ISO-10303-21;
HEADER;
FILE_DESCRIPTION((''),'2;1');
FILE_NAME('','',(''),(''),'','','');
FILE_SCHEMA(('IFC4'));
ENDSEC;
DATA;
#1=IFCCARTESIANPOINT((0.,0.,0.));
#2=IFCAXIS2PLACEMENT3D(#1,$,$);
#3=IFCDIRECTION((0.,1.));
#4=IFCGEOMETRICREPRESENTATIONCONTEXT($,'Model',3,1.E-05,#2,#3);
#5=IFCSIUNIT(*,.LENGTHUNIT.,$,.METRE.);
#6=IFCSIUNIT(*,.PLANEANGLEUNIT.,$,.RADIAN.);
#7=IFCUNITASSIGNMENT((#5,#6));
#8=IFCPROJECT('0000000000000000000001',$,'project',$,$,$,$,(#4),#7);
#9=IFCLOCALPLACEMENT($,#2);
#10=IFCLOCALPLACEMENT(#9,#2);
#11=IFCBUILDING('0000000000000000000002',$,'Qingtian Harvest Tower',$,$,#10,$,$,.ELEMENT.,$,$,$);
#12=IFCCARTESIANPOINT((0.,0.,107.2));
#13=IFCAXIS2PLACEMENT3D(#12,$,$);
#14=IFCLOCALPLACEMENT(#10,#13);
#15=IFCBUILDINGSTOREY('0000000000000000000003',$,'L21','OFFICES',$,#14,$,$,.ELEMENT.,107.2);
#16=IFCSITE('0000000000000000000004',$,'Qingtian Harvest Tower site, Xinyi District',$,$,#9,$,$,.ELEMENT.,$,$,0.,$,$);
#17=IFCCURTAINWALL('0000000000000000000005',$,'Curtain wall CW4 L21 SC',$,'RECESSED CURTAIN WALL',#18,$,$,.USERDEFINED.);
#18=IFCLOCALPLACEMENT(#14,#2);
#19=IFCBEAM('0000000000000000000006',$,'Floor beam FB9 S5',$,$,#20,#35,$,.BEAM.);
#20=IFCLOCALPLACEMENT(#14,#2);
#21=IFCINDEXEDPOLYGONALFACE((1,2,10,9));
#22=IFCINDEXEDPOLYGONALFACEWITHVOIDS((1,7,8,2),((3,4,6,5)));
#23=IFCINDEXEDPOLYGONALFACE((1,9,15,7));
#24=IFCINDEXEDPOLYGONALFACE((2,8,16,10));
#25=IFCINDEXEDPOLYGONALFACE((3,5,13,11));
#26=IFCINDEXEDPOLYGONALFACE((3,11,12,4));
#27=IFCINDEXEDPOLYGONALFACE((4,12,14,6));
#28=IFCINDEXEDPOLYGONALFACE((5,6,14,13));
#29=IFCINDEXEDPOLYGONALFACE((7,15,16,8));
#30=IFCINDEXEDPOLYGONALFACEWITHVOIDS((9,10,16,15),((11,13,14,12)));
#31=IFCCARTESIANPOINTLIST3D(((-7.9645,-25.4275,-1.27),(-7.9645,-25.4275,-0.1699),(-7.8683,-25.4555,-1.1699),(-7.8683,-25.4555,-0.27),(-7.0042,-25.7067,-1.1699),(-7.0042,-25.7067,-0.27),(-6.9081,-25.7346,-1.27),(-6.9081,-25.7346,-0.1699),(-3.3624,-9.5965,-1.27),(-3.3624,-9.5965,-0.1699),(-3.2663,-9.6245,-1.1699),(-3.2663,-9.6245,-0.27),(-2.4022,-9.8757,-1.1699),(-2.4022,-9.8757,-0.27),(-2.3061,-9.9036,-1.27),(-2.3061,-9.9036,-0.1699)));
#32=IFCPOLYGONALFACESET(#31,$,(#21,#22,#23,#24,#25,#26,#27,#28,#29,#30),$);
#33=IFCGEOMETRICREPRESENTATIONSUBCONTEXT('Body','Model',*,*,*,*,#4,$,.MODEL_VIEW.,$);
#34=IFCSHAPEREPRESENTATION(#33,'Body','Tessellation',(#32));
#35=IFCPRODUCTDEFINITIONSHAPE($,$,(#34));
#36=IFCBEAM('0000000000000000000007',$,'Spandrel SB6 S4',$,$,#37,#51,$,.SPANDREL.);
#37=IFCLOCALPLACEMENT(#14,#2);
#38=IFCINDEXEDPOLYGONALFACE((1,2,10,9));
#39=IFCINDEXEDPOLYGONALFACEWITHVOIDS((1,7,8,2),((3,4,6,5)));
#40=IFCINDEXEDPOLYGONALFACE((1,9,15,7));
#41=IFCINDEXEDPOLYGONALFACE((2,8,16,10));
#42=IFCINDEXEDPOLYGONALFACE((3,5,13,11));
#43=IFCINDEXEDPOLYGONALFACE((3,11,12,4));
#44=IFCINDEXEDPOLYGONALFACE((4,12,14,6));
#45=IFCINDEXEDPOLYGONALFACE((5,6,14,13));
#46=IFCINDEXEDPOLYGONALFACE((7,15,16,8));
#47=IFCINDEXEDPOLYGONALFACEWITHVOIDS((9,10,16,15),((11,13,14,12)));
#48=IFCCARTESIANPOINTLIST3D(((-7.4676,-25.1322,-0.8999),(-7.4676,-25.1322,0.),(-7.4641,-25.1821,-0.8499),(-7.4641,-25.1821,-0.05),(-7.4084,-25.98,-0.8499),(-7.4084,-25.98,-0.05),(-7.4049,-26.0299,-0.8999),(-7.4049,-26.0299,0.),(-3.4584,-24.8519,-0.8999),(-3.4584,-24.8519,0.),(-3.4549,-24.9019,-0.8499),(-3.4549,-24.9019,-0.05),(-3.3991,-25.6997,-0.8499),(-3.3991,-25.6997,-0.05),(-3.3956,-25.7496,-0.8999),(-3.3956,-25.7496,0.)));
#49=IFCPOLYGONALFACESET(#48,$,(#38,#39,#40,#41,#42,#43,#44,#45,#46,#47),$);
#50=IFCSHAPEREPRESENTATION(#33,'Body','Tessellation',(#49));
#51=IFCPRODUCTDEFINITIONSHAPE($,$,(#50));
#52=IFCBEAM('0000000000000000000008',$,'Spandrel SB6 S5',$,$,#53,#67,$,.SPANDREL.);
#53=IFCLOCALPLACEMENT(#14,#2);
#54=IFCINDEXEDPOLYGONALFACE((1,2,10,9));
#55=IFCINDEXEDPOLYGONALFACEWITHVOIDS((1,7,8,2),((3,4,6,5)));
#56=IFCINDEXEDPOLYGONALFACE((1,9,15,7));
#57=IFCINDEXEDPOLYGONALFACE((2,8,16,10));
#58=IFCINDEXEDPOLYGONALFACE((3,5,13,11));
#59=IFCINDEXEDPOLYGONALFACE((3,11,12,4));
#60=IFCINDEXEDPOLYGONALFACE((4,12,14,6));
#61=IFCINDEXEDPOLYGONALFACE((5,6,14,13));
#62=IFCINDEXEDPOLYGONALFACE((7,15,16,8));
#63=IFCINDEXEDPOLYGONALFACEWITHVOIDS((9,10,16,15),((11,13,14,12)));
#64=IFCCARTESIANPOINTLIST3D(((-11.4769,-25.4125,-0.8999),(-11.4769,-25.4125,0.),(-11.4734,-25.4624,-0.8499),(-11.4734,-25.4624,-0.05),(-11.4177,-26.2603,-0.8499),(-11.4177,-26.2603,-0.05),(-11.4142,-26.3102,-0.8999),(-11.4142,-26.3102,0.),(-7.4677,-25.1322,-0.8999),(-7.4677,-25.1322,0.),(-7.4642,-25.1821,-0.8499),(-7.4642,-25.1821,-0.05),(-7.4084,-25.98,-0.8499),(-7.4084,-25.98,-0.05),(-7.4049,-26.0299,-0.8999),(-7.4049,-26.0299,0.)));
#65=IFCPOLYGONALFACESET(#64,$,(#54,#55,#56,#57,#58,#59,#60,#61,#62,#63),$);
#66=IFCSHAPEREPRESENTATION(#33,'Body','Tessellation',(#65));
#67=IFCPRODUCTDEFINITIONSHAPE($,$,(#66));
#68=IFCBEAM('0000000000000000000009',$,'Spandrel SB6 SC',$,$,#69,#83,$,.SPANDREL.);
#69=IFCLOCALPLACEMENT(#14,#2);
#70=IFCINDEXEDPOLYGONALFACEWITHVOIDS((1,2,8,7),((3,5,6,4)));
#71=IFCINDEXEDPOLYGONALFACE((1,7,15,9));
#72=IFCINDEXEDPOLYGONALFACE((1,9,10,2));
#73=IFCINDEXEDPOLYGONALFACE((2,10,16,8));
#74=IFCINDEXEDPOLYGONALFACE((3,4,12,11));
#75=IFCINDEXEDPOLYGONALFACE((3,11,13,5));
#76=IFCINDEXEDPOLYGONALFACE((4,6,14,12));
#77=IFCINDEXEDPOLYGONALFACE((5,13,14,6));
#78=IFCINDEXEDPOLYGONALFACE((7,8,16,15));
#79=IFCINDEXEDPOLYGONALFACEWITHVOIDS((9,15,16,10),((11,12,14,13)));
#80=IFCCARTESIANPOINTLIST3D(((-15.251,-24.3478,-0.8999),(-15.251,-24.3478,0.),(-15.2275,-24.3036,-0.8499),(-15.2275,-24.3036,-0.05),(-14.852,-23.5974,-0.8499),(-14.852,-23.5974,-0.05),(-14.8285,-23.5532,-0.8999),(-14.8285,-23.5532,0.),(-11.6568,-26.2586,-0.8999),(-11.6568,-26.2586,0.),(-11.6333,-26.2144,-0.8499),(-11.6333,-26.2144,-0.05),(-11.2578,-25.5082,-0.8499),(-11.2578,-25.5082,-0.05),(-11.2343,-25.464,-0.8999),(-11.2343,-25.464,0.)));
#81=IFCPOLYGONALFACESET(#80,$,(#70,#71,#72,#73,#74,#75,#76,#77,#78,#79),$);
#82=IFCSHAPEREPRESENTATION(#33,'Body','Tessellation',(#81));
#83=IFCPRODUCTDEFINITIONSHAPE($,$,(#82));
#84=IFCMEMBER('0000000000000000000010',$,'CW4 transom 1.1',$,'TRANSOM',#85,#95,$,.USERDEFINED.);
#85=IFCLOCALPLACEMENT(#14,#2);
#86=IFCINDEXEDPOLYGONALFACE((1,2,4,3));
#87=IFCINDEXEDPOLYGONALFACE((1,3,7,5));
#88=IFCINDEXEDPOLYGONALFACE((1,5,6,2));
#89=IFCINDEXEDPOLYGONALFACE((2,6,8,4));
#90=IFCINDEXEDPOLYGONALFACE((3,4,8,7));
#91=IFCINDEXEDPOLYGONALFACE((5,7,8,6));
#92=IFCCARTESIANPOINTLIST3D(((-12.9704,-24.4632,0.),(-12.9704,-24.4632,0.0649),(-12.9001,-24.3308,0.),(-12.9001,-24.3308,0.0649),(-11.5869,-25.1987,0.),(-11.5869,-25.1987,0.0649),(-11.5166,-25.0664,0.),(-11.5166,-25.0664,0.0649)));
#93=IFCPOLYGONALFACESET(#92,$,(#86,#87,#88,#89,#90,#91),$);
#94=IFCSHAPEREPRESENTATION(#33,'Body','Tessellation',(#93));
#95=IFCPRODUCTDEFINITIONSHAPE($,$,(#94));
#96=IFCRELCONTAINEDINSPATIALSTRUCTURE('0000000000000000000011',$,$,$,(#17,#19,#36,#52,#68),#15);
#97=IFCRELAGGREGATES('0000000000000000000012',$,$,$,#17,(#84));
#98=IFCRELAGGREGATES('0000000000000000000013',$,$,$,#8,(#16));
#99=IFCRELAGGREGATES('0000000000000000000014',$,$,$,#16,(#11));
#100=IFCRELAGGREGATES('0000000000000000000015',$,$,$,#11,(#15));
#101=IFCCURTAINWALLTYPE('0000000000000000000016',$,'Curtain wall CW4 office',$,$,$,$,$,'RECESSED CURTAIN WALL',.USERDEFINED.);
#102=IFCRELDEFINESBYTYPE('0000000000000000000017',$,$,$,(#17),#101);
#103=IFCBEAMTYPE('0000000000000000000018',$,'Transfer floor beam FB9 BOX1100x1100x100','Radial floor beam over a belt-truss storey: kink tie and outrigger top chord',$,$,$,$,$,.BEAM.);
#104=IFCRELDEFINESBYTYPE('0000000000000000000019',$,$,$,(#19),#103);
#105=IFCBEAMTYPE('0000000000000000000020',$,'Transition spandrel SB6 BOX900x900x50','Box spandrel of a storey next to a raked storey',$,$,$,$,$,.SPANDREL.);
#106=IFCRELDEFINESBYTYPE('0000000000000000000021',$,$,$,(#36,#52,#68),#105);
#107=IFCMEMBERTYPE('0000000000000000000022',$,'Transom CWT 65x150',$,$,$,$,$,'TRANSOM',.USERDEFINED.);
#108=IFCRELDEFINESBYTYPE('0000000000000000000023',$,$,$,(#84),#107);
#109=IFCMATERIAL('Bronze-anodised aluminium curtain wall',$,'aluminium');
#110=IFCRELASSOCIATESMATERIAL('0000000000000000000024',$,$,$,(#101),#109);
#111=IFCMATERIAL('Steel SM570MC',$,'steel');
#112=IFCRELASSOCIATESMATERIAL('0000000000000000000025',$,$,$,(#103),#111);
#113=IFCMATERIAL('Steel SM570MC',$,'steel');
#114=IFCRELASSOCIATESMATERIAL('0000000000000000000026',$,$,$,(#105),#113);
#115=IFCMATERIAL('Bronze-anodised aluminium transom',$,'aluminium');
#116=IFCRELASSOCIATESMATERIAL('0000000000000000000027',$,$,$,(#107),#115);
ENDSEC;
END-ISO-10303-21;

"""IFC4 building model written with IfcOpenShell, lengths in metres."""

from ifc_helpers import new_model, si_unit, direction, frame, origin, origin_2d, place, context, subcontext, project, spatial, rectangle, hollow_rectangle, extrude, material, material_profile, profile_set, type_object, element, aggregate, save


model = new_model("IFC4")

# Units and contexts
model_context = context("Model", 3, precision=1e-05, world=origin(), true_north=direction((0.0, 1.0)))
body_context = subcontext(model_context, "Body", "Model", "MODEL_VIEW")
ifc_project = project(units=[si_unit("LENGTHUNIT", "METRE"), si_unit("PLANEANGLEUNIT", "RADIAN")], contexts=[model_context])

# Site, building, storey
site_placement = place(None, origin())
site = spatial("IfcSite", under=ifc_project, at=site_placement, Name="Qingtian Harvest Tower site, Xinyi District", CompositionType="ELEMENT", RefElevation=0.0)
building_placement = place(site_placement, origin())
building = spatial("IfcBuilding", under=site, at=building_placement, Name="Qingtian Harvest Tower", CompositionType="ELEMENT")
storey_placement = place(building_placement, frame((0.0, 0.0, 107.2)))
storey = spatial("IfcBuildingStorey", under=building, at=storey_placement, Name="L21", Description="OFFICES", CompositionType="ELEMENT", Elevation=107.2)

# Curtain wall
ifc_material_1 = material(Name="Bronze-anodised aluminium curtain wall", Category="aluminium")
curtain_wall_type = type_object("IfcCurtainWallType", Name="Curtain wall CW4 office", ElementType="RECESSED CURTAIN WALL", PredefinedType="USERDEFINED", material=ifc_material_1)
curtain_wall_1_placement = place(storey_placement, origin())
curtain_wall_1 = element("IfcCurtainWall", 1, at=curtain_wall_1_placement, inside=storey, type_object=curtain_wall_type, Name="Curtain wall CW4 L21 SC", ObjectType="RECESSED CURTAIN WALL", PredefinedType="USERDEFINED")

# Beams
ifc_material_2 = material(Name="Steel SM570MC", Category="steel")
ifc_material_profile_1 = material_profile(ifc_material_2, hollow_rectangle(XDim=1.1001, YDim=1.1001, WallThickness=0.1001, at=origin_2d()), Name="BOX1100x1100x100")
ifc_profile_set_1 = profile_set([ifc_material_profile_1], Name="Steel SM570MC")
beam_type_1 = type_object("IfcBeamType", Name="Transfer floor beam FB9 BOX1100x1100x100", Description="Radial floor beam over a belt-truss storey: kink tie and outrigger top chord", PredefinedType="BEAM", material=ifc_profile_set_1)
beam_1_placement = place(storey_placement, frame((-7.4363, -25.5811, -0.72), z_axis=(0.279142, 0.96025, 0.0), x_axis=(-0.96025, 0.279142, 0.0)))
element("IfcBeam", 2, at=beam_1_placement, inside=storey, type_object=beam_type_1, Name="Floor beam FB9 S5", PredefinedType="BEAM", context=body_context, shape_type="SweptSolid", body=[
    extrude(hollow_rectangle(XDim=1.1001, YDim=1.1001, WallThickness=0.1001, at=origin_2d()), origin(), (0.0, 0.0, 1.0), 16.4863),
])
ifc_material_3 = material(Name="Steel SM570MC", Category="steel")
ifc_material_profile_2 = material_profile(ifc_material_3, hollow_rectangle(XDim=0.8999, YDim=0.8999, WallThickness=0.05, at=origin_2d()), Name="BOX900x900x50")
ifc_profile_set_2 = profile_set([ifc_material_profile_2], Name="Steel SM570MC")
beam_type_2 = type_object("IfcBeamType", Name="Transition spandrel SB6 BOX900x900x50", Description="Box spandrel of a storey next to a raked storey", PredefinedType="SPANDREL", material=ifc_profile_set_2)
for number, where, z_axis, x_axis, name in (
    (3, (-3.427, -25.3008, -0.45), (-0.997565, -0.069736, 0.0), (0.069736, -0.997565, 0.0), "Spandrel SB6 S4"),
    (4, (-7.4363, -25.5811, -0.45), (-0.997565, -0.069736, 0.0), (0.069736, -0.997565, 0.0), "Spandrel SB6 S5"),
):
    element("IfcBeam", number, at=place(storey_placement, frame(where, z_axis=z_axis, x_axis=x_axis)), inside=storey, type_object=beam_type_2, Name=name, PredefinedType="SPANDREL", context=body_context, shape_type="SweptSolid", body=[
        extrude(hollow_rectangle(XDim=0.8999, YDim=0.8999, WallThickness=0.05, at=origin_2d()), origin(), (0.0, 0.0, 1.0), 4.019),
    ])
beam_2_placement = place(storey_placement, frame((-11.4456, -25.8613, -0.45), z_axis=(-0.882968, 0.469433, 0.0), x_axis=(-0.469433, -0.882968, 0.0)))
element("IfcBeam", 5, at=beam_2_placement, inside=storey, type_object=beam_type_2, Name="Spandrel SB6 SC", PredefinedType="SPANDREL", context=body_context, shape_type="SweptSolid", body=[
    extrude(hollow_rectangle(XDim=0.8999, YDim=0.8999, WallThickness=0.05, at=origin_2d()), origin(), (0.0, 0.0, 1.0), 4.0706),
])

# Member
ifc_material_4 = material(Name="Bronze-anodised aluminium transom", Category="aluminium")
ifc_material_profile_3 = material_profile(ifc_material_4, rectangle(XDim=0.1499, YDim=0.0649, at=origin_2d()), Name="AL 65x150")
ifc_profile_set_3 = profile_set([ifc_material_profile_3], Name="Bronze-anodised aluminium transom")
member_type_1 = type_object("IfcMemberType", Name="Transom CWT 65x150", ElementType="TRANSOM", PredefinedType="USERDEFINED", material=ifc_profile_set_3)
member_1_placement = place(storey_placement, frame((-11.5518, -25.1326, 0.0325), z_axis=(-0.88296, 0.469448, 0.0), x_axis=(-0.469448, -0.88296, 0.0)))
member_1 = element("IfcMember", 6, at=member_1_placement, type_object=member_type_1, Name="CW4 transom 1.1", ObjectType="TRANSOM", PredefinedType="USERDEFINED", context=body_context, shape_type="SweptSolid", body=[
    extrude(rectangle(XDim=0.1499, YDim=0.0649, at=origin_2d()), origin(), (0.0, 0.0, 1.0), 1.5669),
])
aggregate(curtain_wall_1, [member_1])

save(model, "model.ifc")
